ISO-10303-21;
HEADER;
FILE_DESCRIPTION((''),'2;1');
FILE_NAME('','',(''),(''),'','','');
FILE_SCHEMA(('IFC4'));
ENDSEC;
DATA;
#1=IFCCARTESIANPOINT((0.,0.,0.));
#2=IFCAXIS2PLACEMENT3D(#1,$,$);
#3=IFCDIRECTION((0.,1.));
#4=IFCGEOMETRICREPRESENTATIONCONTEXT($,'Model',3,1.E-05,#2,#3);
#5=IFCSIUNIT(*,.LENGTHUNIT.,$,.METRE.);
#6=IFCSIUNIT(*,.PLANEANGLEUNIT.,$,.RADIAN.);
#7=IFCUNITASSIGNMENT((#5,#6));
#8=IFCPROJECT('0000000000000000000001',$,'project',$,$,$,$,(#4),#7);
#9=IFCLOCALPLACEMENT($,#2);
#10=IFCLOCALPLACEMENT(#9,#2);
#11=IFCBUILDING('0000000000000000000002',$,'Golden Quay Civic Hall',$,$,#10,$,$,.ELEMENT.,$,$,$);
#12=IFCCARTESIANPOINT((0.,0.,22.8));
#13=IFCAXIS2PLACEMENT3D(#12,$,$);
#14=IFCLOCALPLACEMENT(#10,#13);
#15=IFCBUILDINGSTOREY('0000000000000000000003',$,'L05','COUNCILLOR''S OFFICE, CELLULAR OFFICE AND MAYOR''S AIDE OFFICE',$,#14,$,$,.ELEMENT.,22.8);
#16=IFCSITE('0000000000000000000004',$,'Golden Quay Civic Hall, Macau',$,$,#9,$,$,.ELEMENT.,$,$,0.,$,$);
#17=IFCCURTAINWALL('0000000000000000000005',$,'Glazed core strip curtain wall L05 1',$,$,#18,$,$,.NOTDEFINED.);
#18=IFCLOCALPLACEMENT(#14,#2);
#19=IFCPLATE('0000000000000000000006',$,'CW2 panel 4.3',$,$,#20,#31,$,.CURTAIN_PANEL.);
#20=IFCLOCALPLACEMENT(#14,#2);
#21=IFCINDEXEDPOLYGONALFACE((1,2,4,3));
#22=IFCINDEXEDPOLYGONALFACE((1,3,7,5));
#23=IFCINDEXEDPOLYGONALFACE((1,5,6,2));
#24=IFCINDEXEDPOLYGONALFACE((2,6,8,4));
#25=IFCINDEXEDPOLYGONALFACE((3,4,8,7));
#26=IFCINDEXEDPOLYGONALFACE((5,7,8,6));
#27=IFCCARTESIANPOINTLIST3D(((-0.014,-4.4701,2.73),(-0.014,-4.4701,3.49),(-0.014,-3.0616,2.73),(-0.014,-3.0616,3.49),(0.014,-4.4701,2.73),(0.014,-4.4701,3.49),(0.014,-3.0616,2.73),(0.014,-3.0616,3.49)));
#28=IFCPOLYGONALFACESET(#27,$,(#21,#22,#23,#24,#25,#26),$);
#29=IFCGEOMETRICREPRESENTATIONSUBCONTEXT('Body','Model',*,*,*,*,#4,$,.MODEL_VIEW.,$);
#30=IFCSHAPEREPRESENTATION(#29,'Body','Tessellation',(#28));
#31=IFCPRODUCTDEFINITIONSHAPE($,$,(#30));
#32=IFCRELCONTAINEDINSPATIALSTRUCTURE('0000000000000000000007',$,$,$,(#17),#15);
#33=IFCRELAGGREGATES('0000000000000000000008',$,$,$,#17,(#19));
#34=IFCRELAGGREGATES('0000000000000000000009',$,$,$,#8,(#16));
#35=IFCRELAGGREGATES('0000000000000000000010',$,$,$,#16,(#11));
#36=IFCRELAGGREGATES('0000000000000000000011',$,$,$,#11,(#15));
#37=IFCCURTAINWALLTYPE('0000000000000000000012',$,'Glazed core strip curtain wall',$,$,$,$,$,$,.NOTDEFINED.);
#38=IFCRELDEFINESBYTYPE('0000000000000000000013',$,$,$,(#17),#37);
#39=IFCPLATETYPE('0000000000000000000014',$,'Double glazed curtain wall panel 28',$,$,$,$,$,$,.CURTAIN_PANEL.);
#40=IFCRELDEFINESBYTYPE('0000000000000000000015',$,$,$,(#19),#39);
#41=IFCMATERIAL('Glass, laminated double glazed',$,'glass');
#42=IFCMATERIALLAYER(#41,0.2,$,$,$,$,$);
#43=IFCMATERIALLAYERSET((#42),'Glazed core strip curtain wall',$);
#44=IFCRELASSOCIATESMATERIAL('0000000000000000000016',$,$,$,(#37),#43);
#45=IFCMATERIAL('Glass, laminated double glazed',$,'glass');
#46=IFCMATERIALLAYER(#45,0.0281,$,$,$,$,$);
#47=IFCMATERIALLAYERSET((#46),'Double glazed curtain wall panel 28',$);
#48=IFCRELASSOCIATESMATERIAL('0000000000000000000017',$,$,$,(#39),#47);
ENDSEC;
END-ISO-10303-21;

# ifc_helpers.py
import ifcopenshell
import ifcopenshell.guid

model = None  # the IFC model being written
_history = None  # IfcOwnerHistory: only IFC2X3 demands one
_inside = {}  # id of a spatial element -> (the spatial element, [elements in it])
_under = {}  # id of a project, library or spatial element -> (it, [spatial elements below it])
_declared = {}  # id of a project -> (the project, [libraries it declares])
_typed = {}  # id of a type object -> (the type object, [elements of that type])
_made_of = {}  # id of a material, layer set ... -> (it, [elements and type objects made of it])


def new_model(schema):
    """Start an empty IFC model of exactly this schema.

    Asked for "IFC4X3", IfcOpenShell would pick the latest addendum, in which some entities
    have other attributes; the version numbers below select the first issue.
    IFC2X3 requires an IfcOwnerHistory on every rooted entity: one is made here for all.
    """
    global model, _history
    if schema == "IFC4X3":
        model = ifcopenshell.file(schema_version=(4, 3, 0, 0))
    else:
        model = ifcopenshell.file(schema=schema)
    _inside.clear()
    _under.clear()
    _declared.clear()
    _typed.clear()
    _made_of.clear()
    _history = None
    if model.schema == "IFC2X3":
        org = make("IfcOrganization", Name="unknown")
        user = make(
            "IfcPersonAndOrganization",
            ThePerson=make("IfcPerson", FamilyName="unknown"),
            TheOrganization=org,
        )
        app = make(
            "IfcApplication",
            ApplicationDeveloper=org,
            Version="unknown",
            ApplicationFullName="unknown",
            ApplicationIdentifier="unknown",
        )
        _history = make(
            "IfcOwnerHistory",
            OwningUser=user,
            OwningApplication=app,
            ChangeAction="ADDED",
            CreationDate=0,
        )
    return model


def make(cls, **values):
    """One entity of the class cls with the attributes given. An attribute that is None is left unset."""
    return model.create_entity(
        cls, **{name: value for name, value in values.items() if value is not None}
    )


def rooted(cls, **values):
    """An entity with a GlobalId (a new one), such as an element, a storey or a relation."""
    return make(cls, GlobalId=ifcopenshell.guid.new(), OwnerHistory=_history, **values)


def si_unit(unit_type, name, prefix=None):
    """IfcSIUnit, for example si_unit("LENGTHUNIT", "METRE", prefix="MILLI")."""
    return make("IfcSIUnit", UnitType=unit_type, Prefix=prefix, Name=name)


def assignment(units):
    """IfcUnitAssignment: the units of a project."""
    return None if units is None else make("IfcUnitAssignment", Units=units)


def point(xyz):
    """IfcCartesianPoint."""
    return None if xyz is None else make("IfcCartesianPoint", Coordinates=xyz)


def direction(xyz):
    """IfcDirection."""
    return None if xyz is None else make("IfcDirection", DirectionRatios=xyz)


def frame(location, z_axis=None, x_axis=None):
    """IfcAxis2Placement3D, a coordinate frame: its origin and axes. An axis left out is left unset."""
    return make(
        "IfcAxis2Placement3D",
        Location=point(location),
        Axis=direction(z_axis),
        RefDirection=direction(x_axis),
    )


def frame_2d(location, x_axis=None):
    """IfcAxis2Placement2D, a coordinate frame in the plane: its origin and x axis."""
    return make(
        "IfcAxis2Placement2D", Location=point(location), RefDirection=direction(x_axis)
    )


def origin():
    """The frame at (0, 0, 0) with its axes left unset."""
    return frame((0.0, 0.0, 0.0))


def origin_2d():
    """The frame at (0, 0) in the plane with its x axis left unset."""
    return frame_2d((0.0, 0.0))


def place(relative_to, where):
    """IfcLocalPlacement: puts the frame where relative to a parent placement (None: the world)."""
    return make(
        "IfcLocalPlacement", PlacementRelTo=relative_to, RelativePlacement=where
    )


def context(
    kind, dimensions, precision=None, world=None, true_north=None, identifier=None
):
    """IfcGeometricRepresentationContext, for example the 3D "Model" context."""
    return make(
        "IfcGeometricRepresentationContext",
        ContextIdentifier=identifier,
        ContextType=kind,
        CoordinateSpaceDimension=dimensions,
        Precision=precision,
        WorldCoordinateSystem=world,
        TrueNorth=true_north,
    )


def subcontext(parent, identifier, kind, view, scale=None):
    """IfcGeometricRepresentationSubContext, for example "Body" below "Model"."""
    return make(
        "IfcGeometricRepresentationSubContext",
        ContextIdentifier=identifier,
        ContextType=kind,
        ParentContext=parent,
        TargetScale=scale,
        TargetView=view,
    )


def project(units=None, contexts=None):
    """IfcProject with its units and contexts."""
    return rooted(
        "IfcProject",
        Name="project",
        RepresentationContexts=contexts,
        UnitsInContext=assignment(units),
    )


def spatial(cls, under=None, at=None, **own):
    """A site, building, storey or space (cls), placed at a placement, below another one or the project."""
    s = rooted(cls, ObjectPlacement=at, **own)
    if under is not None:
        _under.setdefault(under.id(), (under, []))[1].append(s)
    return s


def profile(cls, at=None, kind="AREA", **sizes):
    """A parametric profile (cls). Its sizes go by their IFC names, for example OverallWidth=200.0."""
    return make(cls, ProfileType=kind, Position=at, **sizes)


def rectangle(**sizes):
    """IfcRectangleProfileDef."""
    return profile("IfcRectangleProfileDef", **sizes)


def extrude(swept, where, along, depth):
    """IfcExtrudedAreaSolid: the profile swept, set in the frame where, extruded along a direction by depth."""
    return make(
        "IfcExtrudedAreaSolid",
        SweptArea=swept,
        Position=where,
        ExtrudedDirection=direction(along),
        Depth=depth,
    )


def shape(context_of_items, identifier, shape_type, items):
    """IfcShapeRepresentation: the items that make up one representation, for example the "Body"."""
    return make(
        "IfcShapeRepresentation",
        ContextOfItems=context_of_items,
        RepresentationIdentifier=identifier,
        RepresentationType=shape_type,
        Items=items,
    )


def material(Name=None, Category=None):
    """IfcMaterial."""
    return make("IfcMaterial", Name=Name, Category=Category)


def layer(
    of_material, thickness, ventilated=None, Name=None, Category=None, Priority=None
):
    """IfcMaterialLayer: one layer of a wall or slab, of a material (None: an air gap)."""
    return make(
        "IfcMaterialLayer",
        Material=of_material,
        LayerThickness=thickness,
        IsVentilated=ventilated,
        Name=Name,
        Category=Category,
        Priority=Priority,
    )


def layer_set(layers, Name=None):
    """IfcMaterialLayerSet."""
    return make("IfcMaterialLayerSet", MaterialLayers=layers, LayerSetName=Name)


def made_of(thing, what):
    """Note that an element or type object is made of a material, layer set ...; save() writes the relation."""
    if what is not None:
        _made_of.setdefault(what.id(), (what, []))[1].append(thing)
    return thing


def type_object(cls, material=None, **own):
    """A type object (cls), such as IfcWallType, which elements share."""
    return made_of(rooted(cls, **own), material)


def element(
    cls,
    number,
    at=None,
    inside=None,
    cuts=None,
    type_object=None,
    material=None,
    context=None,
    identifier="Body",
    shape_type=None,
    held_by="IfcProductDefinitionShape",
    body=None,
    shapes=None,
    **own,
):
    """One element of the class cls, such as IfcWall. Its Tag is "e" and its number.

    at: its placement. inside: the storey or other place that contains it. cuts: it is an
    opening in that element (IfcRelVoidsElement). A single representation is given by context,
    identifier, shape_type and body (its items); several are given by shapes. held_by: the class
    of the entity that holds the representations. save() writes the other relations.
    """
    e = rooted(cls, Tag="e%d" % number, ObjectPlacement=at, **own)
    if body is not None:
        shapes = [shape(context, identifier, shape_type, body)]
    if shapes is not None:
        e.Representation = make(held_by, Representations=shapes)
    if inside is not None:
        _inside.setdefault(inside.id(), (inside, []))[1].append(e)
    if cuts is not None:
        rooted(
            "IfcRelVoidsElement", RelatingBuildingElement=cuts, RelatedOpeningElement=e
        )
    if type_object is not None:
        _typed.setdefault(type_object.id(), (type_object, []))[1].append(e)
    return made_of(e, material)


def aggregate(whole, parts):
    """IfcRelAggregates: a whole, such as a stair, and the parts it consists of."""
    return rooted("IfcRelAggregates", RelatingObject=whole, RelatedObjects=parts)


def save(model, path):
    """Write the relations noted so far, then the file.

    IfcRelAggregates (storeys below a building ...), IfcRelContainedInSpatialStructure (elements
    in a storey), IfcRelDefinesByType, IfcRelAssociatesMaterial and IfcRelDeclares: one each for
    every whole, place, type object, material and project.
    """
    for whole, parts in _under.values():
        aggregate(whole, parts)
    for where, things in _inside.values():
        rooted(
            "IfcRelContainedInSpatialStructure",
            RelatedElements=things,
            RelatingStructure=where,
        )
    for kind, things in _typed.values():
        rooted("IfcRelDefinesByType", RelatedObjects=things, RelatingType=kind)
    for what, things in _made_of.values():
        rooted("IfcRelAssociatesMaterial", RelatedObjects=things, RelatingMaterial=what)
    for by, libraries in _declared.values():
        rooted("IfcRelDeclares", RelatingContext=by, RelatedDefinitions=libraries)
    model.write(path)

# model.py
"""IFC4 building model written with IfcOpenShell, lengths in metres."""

from ifc_helpers import new_model, si_unit, direction, frame, origin, origin_2d, place, context, subcontext, project, spatial, rectangle, extrude, material, layer, layer_set, type_object, element, aggregate, save


model = new_model("IFC4")

# Units and contexts
model_context = context("Model", 3, precision=1e-05, world=origin(), true_north=direction((0.0, 1.0)))
body_context = subcontext(model_context, "Body", "Model", "MODEL_VIEW")
ifc_project = project(units=[si_unit("LENGTHUNIT", "METRE"), si_unit("PLANEANGLEUNIT", "RADIAN")], contexts=[model_context])

# Site, building, storey
site_placement = place(None, origin())
site = spatial("IfcSite", under=ifc_project, at=site_placement, Name="Golden Quay Civic Hall, Macau", CompositionType="ELEMENT", RefElevation=0.0)
building_placement = place(site_placement, origin())
building = spatial("IfcBuilding", under=site, at=building_placement, Name="Golden Quay Civic Hall", CompositionType="ELEMENT")
storey_placement = place(building_placement, frame((0.0, 0.0, 22.8)))
storey = spatial("IfcBuildingStorey", under=building, at=storey_placement, Name="L05", Description="COUNCILLOR'S OFFICE, CELLULAR OFFICE AND MAYOR'S AIDE OFFICE", CompositionType="ELEMENT", Elevation=22.8)

# Curtain wall
ifc_material_1 = material(Name="Glass, laminated double glazed", Category="glass")
ifc_layer_1 = layer(ifc_material_1, 0.2)
ifc_layer_set_1 = layer_set([ifc_layer_1], Name="Glazed core strip curtain wall")
curtain_wall_type = type_object("IfcCurtainWallType", Name="Glazed core strip curtain wall", PredefinedType="NOTDEFINED", material=ifc_layer_set_1)
curtain_wall_placement = place(storey_placement, origin())
curtain_wall = element("IfcCurtainWall", 1, at=curtain_wall_placement, inside=storey, type_object=curtain_wall_type, Name="Glazed core strip curtain wall L05 1", PredefinedType="NOTDEFINED")

# Plate
ifc_material_2 = material(Name="Glass, laminated double glazed", Category="glass")
ifc_layer_2 = layer(ifc_material_2, 0.0281)
ifc_layer_set_2 = layer_set([ifc_layer_2], Name="Double glazed curtain wall panel 28")
plate_type = type_object("IfcPlateType", Name="Double glazed curtain wall panel 28", PredefinedType="CURTAIN_PANEL", material=ifc_layer_set_2)
plate_1_placement = place(storey_placement, frame((0.0, -3.7659, 2.73), z_axis=(0.0, 0.0, 1.0), x_axis=(0.0, 1.0, 0.0)))
plate_1 = element("IfcPlate", 2, at=plate_1_placement, type_object=plate_type, Name="CW2 panel 4.3", PredefinedType="CURTAIN_PANEL", context=body_context, shape_type="SweptSolid", body=[
    extrude(rectangle(XDim=1.4084, YDim=0.0281, at=origin_2d()), origin(), (0.0, 0.0, 1.0), 0.76),
])
aggregate(curtain_wall, [plate_1])

save(model, "model.ifc")
